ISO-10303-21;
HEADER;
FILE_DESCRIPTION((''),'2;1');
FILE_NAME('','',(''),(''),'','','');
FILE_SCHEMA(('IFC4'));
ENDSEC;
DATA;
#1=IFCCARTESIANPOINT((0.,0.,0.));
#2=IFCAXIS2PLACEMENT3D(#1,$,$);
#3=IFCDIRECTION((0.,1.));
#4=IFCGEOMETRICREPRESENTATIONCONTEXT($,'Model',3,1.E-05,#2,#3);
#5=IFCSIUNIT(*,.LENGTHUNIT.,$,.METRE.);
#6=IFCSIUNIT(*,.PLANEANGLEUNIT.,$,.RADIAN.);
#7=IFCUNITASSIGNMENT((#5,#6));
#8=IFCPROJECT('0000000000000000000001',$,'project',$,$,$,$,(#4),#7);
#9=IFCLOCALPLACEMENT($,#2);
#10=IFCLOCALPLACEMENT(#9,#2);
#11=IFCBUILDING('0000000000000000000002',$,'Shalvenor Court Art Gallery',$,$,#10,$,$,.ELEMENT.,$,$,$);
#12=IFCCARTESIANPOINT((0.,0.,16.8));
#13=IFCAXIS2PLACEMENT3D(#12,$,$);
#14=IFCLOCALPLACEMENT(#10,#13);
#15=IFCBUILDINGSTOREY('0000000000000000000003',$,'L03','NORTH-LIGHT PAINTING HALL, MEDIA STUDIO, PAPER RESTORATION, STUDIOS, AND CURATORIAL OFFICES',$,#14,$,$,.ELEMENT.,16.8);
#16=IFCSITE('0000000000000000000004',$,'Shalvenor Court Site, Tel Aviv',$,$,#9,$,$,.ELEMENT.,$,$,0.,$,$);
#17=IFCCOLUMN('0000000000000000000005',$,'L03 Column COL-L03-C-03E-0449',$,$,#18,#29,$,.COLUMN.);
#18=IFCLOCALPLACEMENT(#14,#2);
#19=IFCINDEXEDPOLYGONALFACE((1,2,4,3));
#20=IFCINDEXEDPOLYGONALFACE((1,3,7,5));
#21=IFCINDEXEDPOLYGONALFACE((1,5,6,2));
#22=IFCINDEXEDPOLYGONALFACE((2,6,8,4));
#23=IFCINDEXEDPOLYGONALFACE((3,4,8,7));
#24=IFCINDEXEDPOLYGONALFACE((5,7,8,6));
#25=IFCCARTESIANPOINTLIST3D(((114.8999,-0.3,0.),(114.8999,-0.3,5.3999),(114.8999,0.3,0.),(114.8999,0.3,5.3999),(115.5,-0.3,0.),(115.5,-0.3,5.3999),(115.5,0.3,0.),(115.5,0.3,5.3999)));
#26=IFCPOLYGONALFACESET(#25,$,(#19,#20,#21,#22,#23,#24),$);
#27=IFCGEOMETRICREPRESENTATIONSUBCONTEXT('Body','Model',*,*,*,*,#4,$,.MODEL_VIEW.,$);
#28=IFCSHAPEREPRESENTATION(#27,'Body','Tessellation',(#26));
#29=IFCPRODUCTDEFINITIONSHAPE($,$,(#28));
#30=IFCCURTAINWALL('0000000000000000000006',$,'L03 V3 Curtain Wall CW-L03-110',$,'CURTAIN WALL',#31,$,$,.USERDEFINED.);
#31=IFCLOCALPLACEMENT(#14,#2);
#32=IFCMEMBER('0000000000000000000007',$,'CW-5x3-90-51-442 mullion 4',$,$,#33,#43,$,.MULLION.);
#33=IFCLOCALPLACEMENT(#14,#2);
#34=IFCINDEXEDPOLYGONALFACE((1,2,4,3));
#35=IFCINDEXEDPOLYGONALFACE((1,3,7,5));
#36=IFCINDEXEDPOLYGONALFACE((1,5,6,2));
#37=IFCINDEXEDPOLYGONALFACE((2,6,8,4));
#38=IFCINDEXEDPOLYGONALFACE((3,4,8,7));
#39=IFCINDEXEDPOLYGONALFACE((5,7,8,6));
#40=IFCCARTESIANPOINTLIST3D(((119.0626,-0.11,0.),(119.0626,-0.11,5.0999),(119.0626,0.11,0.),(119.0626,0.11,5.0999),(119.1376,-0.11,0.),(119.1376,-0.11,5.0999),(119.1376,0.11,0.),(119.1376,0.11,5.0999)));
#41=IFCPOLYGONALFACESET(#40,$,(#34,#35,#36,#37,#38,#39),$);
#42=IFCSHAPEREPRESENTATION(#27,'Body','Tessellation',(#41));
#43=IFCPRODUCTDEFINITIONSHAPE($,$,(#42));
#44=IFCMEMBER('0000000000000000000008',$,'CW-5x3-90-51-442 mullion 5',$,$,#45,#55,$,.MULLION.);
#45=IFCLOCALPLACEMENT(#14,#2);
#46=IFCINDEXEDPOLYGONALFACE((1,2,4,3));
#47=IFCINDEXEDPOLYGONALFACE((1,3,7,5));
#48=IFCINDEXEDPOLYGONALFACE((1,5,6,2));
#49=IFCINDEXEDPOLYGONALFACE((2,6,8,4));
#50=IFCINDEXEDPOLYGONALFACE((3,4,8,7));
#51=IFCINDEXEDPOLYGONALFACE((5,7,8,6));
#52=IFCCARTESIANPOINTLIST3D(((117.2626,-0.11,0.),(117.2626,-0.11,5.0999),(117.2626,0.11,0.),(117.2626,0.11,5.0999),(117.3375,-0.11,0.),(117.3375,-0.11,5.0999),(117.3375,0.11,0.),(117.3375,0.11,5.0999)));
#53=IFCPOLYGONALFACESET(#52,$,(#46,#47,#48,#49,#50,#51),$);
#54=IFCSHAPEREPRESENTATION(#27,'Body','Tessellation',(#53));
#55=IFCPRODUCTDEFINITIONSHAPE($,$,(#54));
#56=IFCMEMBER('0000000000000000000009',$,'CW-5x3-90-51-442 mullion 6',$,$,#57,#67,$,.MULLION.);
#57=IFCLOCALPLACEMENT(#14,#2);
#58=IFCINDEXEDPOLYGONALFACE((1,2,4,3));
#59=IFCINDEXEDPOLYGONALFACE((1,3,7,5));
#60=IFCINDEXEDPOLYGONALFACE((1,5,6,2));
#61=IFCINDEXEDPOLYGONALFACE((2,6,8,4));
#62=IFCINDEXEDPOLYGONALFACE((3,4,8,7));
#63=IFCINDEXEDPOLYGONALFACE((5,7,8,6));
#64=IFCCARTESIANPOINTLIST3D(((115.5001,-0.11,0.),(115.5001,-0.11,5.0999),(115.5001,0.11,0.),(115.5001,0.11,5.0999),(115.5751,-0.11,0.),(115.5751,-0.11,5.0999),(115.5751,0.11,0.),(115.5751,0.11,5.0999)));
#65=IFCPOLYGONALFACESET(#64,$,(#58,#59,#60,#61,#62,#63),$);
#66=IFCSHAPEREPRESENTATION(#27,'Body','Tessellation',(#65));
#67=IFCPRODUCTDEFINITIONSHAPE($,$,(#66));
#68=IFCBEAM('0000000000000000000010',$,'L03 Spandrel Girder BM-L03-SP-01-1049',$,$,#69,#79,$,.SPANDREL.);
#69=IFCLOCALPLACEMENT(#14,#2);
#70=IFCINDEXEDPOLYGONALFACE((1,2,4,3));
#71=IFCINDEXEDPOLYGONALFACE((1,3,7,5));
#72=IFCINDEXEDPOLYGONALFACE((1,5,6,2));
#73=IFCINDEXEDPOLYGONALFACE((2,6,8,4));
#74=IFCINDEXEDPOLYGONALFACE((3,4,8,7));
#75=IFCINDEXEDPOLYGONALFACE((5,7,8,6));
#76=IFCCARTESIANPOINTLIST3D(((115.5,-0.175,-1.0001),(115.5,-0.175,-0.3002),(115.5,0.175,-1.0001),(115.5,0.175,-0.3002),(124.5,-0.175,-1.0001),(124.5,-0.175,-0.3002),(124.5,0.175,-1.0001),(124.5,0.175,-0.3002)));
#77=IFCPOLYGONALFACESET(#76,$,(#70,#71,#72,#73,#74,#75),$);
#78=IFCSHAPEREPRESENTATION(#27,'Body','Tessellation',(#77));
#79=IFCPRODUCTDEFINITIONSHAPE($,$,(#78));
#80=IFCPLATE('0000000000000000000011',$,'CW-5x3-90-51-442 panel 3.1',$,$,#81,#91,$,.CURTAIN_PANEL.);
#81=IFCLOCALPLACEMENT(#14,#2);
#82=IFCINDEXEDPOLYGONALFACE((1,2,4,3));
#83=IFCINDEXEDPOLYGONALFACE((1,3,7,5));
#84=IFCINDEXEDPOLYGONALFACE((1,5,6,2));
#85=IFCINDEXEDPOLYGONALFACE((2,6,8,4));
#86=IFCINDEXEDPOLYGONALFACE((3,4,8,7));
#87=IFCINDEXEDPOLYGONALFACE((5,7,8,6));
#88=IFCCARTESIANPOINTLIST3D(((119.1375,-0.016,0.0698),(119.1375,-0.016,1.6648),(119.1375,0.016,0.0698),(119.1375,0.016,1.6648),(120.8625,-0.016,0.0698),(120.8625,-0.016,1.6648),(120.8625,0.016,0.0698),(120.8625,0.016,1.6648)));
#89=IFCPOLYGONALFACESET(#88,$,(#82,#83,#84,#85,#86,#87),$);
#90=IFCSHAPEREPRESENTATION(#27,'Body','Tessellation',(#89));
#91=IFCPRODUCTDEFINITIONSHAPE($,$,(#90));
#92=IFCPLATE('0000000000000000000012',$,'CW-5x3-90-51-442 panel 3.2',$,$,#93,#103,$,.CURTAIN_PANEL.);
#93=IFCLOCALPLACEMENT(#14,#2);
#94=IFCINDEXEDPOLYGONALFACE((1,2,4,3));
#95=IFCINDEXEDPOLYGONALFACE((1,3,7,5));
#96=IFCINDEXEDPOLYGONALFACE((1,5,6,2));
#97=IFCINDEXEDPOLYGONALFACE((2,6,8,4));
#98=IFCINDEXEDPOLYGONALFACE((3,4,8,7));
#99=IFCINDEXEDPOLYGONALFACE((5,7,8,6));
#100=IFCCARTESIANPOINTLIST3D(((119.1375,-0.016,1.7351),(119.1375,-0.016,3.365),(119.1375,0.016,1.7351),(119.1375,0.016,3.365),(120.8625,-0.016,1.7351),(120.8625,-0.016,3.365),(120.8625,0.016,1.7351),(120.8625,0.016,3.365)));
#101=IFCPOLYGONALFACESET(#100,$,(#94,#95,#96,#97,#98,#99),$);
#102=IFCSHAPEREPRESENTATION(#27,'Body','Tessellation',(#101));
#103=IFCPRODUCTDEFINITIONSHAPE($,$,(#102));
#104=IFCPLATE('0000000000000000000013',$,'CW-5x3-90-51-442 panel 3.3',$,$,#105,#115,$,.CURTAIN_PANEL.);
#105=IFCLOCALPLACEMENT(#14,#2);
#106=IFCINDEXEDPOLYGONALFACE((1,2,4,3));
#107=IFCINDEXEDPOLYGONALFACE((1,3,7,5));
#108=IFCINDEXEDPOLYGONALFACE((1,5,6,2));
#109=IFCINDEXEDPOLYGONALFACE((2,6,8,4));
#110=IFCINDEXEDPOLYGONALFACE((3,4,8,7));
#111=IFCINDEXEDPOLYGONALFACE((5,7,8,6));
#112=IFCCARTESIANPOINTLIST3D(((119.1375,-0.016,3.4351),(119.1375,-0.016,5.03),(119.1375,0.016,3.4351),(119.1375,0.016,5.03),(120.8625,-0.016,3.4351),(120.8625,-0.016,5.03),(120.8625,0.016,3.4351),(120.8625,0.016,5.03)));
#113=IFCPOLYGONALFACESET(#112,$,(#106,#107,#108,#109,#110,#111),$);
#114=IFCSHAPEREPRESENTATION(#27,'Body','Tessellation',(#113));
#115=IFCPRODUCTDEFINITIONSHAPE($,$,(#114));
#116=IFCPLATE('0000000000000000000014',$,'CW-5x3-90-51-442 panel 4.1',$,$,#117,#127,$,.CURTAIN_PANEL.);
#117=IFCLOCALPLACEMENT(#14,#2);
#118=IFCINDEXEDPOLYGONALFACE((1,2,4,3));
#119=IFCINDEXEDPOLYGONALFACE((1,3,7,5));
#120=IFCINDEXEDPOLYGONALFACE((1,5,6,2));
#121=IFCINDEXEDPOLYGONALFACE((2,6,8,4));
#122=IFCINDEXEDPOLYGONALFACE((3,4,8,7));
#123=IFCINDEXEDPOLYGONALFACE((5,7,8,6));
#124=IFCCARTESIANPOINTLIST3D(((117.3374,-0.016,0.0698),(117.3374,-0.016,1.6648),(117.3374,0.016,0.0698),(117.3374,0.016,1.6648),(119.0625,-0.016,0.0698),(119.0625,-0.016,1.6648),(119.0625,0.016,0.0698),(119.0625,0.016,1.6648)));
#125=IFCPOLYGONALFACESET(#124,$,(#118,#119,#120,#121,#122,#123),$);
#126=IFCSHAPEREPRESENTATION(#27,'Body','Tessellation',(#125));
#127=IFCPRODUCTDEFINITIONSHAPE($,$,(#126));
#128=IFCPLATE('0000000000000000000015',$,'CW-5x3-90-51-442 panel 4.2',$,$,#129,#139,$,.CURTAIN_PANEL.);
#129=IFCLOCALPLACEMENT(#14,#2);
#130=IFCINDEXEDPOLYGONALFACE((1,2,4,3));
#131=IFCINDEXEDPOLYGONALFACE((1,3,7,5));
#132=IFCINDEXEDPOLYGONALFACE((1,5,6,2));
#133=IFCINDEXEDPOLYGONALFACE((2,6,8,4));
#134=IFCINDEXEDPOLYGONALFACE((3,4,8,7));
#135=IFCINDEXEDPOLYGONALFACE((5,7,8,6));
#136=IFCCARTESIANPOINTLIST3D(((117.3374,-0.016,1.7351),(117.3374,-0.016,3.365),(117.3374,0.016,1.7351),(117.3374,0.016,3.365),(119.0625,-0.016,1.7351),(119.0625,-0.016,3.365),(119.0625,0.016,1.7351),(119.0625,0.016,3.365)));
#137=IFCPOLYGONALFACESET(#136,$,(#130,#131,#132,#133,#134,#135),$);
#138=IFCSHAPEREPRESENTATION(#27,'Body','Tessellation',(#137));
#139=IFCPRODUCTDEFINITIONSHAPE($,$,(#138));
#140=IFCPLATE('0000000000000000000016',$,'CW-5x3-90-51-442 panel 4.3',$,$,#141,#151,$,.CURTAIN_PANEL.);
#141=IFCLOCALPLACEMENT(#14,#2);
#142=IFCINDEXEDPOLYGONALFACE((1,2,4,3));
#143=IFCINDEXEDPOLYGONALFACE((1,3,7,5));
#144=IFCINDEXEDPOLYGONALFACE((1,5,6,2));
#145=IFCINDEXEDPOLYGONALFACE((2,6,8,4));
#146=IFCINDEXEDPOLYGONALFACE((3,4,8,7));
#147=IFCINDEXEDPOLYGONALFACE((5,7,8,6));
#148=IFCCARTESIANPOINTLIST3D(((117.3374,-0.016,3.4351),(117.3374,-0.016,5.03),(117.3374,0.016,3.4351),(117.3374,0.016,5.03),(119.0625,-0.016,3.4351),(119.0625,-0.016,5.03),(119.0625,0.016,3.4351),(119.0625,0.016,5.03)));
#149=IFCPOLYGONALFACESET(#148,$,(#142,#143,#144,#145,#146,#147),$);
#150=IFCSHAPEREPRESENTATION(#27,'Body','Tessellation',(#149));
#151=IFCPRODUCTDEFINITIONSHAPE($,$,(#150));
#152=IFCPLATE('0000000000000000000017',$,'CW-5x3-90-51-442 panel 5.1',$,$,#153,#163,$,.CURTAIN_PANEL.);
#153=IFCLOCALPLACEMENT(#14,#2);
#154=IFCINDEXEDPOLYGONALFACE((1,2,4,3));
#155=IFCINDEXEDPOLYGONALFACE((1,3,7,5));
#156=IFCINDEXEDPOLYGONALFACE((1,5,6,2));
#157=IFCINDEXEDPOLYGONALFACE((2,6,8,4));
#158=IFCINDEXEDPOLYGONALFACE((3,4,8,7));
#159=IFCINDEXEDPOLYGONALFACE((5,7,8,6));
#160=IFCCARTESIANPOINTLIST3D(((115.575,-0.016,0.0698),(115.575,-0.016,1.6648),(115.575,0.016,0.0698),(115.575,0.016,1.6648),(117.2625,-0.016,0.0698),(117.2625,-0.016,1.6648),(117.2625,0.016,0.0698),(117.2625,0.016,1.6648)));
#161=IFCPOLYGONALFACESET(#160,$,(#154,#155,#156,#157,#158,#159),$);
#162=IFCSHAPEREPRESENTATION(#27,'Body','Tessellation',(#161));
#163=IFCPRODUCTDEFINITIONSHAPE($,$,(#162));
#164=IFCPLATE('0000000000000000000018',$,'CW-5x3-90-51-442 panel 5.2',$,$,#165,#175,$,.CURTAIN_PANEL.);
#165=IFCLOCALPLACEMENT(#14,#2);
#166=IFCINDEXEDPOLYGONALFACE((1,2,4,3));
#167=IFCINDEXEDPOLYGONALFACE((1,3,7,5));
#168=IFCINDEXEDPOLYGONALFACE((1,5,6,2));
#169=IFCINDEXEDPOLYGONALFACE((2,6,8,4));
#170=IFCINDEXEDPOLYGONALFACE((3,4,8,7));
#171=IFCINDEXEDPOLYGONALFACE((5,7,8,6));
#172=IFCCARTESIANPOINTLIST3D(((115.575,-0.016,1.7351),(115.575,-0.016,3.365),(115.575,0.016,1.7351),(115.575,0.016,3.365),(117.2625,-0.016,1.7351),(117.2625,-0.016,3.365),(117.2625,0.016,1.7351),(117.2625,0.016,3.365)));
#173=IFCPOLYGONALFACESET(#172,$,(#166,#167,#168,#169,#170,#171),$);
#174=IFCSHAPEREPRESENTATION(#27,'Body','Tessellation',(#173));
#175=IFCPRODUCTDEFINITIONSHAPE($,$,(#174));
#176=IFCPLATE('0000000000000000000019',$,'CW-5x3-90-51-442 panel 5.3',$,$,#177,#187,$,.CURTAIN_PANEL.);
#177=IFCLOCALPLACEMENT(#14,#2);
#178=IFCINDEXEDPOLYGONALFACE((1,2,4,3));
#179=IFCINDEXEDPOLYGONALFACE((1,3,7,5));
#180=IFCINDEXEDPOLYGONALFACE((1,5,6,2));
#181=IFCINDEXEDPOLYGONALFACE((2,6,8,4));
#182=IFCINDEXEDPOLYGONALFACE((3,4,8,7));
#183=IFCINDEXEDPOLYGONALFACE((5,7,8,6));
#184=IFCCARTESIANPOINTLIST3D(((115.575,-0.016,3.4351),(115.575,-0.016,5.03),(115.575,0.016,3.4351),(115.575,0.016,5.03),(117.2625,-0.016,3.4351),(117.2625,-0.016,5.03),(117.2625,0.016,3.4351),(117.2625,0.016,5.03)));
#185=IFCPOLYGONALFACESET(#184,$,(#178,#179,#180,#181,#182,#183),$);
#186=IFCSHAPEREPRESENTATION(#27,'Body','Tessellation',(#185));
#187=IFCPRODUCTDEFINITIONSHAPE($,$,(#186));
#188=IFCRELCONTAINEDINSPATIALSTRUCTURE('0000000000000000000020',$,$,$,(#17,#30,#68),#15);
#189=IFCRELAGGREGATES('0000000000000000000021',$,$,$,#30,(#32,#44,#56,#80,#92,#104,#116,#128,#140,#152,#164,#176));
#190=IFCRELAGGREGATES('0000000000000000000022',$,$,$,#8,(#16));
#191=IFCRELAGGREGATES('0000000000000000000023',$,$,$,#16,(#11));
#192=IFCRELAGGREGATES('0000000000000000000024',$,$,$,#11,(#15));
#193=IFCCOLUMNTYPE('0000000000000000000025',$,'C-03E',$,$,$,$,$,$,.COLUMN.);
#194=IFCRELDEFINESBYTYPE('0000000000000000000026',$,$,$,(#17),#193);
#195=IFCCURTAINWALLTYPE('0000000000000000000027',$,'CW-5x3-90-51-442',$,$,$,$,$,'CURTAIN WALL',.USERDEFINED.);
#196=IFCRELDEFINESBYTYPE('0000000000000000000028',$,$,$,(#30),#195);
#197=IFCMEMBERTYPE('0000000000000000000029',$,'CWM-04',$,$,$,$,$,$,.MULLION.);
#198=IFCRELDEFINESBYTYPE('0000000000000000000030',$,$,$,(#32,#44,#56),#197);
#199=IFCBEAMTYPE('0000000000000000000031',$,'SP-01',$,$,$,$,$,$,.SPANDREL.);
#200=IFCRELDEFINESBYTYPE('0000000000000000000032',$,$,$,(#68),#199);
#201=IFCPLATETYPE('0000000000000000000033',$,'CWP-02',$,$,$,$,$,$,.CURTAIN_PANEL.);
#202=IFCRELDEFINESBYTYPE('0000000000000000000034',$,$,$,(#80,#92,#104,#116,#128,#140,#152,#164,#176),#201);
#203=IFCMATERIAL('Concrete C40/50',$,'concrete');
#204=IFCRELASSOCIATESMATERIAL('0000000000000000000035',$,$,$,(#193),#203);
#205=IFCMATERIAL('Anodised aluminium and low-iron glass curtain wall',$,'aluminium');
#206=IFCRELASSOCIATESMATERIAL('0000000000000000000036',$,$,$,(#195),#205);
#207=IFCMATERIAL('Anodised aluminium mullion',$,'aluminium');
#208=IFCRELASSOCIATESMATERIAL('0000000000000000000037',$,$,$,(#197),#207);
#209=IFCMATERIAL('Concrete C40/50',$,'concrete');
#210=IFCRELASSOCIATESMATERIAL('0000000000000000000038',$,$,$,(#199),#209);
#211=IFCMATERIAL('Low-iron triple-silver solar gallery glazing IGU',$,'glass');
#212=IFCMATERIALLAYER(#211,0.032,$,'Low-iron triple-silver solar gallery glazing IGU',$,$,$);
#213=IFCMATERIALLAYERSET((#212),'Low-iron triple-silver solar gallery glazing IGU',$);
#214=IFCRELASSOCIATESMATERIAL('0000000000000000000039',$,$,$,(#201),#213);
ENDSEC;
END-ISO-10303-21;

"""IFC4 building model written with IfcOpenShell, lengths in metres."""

from ifc_helpers import new_model, si_unit, direction, frame, origin, origin_2d, place, context, subcontext, project, spatial, rectangle, extrude, material, layer, layer_set, material_profile, profile_set, type_object, element, aggregate, save


model = new_model("IFC4")

# Units and contexts
model_context = context("Model", 3, precision=1e-05, world=origin(), true_north=direction((0.0, 1.0)))
body_context = subcontext(model_context, "Body", "Model", "MODEL_VIEW")
ifc_project = project(units=[si_unit("LENGTHUNIT", "METRE"), si_unit("PLANEANGLEUNIT", "RADIAN")], contexts=[model_context])

# Site, building, storey
site_placement = place(None, origin())
site = spatial("IfcSite", under=ifc_project, at=site_placement, Name="Shalvenor Court Site, Tel Aviv", CompositionType="ELEMENT", RefElevation=0.0)
building_placement = place(site_placement, origin())
building = spatial("IfcBuilding", under=site, at=building_placement, Name="Shalvenor Court Art Gallery", CompositionType="ELEMENT")
storey_placement = place(building_placement, frame((0.0, 0.0, 16.8)))
storey = spatial("IfcBuildingStorey", under=building, at=storey_placement, Name="L03", Description="NORTH-LIGHT PAINTING HALL, MEDIA STUDIO, PAPER RESTORATION, STUDIOS, AND CURATORIAL OFFICES", CompositionType="ELEMENT", Elevation=16.8)

# Column
ifc_material_1 = material(Name="Concrete C40/50", Category="concrete")
ifc_material_profile_1 = material_profile(ifc_material_1, rectangle(XDim=0.6001, YDim=0.6001, at=origin_2d()), Name="RC 600x600")
ifc_profile_set_1 = profile_set([ifc_material_profile_1], Name="Concrete C40/50")
column_type = type_object("IfcColumnType", Name="C-03E", PredefinedType="COLUMN", material=ifc_profile_set_1)
column_placement = place(storey_placement, frame((115.2, 0.0, 0.0), z_axis=(0.0, 0.0, 1.0), x_axis=(1.0, 0.0, 0.0)))
element("IfcColumn", 1, at=column_placement, inside=storey, type_object=column_type, Name="L03 Column COL-L03-C-03E-0449", PredefinedType="COLUMN", context=body_context, shape_type="SweptSolid", body=[
    extrude(rectangle(XDim=0.6001, YDim=0.6001, at=origin_2d()), origin(), (0.0, 0.0, 1.0), 5.3999),
])

# Curtain wall, members
ifc_material_2 = material(Name="Anodised aluminium and low-iron glass curtain wall", Category="aluminium")
curtain_wall_type = type_object("IfcCurtainWallType", Name="CW-5x3-90-51-442", ElementType="CURTAIN WALL", PredefinedType="USERDEFINED", material=ifc_material_2)
curtain_wall_placement = place(storey_placement, origin())
curtain_wall = element("IfcCurtainWall", 2, at=curtain_wall_placement, inside=storey, type_object=curtain_wall_type, Name="L03 V3 Curtain Wall CW-L03-110", ObjectType="CURTAIN WALL", PredefinedType="USERDEFINED")
ifc_material_3 = material(Name="Anodised aluminium mullion", Category="aluminium")
ifc_material_profile_2 = material_profile(ifc_material_3, rectangle(XDim=0.075, YDim=0.22, at=origin_2d()), Name="CWM-04")
ifc_profile_set_2 = profile_set([ifc_material_profile_2], Name="Anodised aluminium mullion")
member_type = type_object("IfcMemberType", Name="CWM-04", PredefinedType="MULLION", material=ifc_profile_set_2)
member_1_placement = place(storey_placement, frame((119.1001, 0.0, 0.0), z_axis=(0.0, 0.0, 1.0), x_axis=(-1.0, 0.0, 0.0)))
member_1 = element("IfcMember", 3, at=member_1_placement, type_object=member_type, Name="CW-5x3-90-51-442 mullion 4", PredefinedType="MULLION", context=body_context, shape_type="SweptSolid", body=[
    extrude(rectangle(XDim=0.075, YDim=0.22, at=origin_2d()), origin(), (0.0, 0.0, 1.0), 5.0999),
])
member_2_placement = place(storey_placement, frame((117.3, 0.0, 0.0), z_axis=(0.0, 0.0, 1.0), x_axis=(-1.0, 0.0, 0.0)))
member_2 = element("IfcMember", 4, at=member_2_placement, type_object=member_type, Name="CW-5x3-90-51-442 mullion 5", PredefinedType="MULLION", context=body_context, shape_type="SweptSolid", body=[
    extrude(rectangle(XDim=0.075, YDim=0.22, at=origin_2d()), origin(), (0.0, 0.0, 1.0), 5.0999),
])
member_3_placement = place(storey_placement, frame((115.5376, 0.0, 0.0), z_axis=(0.0, 0.0, 1.0), x_axis=(-1.0, 0.0, 0.0)))
member_3 = element("IfcMember", 5, at=member_3_placement, type_object=member_type, Name="CW-5x3-90-51-442 mullion 6", PredefinedType="MULLION", context=body_context, shape_type="SweptSolid", body=[
    extrude(rectangle(XDim=0.075, YDim=0.22, at=origin_2d()), origin(), (0.0, 0.0, 1.0), 5.0999),
])

# Beam
ifc_material_4 = material(Name="Concrete C40/50", Category="concrete")
ifc_material_profile_3 = material_profile(ifc_material_4, rectangle(XDim=0.3501, YDim=0.7, at=origin_2d()), Name="RC 350x700")
ifc_profile_set_3 = profile_set([ifc_material_profile_3], Name="Concrete C40/50")
beam_type = type_object("IfcBeamType", Name="SP-01", PredefinedType="SPANDREL", material=ifc_profile_set_3)
beam_placement = place(storey_placement, frame((115.5, 0.0, -0.6501), z_axis=(1.0, 0.0, 0.0), x_axis=(0.0, 1.0, 0.0)))
element("IfcBeam", 6, at=beam_placement, inside=storey, type_object=beam_type, Name="L03 Spandrel Girder BM-L03-SP-01-1049", PredefinedType="SPANDREL", context=body_context, shape_type="SweptSolid", body=[
    extrude(rectangle(XDim=0.3501, YDim=0.7, at=origin_2d()), origin(), (0.0, 0.0, 1.0), 9.0),
])

# Plates
ifc_material_5 = material(Name="Low-iron triple-silver solar gallery glazing IGU", Category="glass")
ifc_layer_1 = layer(ifc_material_5, 0.032, Name="Low-iron triple-silver solar gallery glazing IGU")
ifc_layer_set_1 = layer_set([ifc_layer_1], Name="Low-iron triple-silver solar gallery glazing IGU")
plate_type_1 = type_object("IfcPlateType", Name="CWP-02", PredefinedType="CURTAIN_PANEL", material=ifc_layer_set_1)
plate_1_placement = place(storey_placement, frame((120.0, 0.0, 0.0698), z_axis=(0.0, 0.0, 1.0), x_axis=(-1.0, 0.0, 0.0)))
plate_1 = element("IfcPlate", 7, at=plate_1_placement, type_object=plate_type_1, Name="CW-5x3-90-51-442 panel 3.1", PredefinedType="CURTAIN_PANEL", context=body_context, shape_type="SweptSolid", body=[
    extrude(rectangle(XDim=1.7251, YDim=0.032, at=origin_2d()), origin(), (0.0, 0.0, 1.0), 1.595),
])
plate_2_placement = place(storey_placement, frame((120.0, 0.0, 1.7351), z_axis=(0.0, 0.0, 1.0), x_axis=(-1.0, 0.0, 0.0)))
plate_2 = element("IfcPlate", 8, at=plate_2_placement, type_object=plate_type_1, Name="CW-5x3-90-51-442 panel 3.2", PredefinedType="CURTAIN_PANEL", context=body_context, shape_type="SweptSolid", body=[
    extrude(rectangle(XDim=1.7251, YDim=0.032, at=origin_2d()), origin(), (0.0, 0.0, 1.0), 1.6299),
])
plate_3_placement = place(storey_placement, frame((120.0, 0.0, 3.4351), z_axis=(0.0, 0.0, 1.0), x_axis=(-1.0, 0.0, 0.0)))
plate_3 = element("IfcPlate", 9, at=plate_3_placement, type_object=plate_type_1, Name="CW-5x3-90-51-442 panel 3.3", PredefinedType="CURTAIN_PANEL", context=body_context, shape_type="SweptSolid", body=[
    extrude(rectangle(XDim=1.7251, YDim=0.032, at=origin_2d()), origin(), (0.0, 0.0, 1.0), 1.595),
])
plate_4_placement = place(storey_placement, frame((118.2, 0.0, 0.0698), z_axis=(0.0, 0.0, 1.0), x_axis=(-1.0, 0.0, 0.0)))
plate_4 = element("IfcPlate", 10, at=plate_4_placement, type_object=plate_type_1, Name="CW-5x3-90-51-442 panel 4.1", PredefinedType="CURTAIN_PANEL", context=body_context, shape_type="SweptSolid", body=[
    extrude(rectangle(XDim=1.7251, YDim=0.032, at=origin_2d()), origin(), (0.0, 0.0, 1.0), 1.595),
])
plate_5_placement = place(storey_placement, frame((118.2, 0.0, 1.7351), z_axis=(0.0, 0.0, 1.0), x_axis=(-1.0, 0.0, 0.0)))
plate_5 = element("IfcPlate", 11, at=plate_5_placement, type_object=plate_type_1, Name="CW-5x3-90-51-442 panel 4.2", PredefinedType="CURTAIN_PANEL", context=body_context, shape_type="SweptSolid", body=[
    extrude(rectangle(XDim=1.7251, YDim=0.032, at=origin_2d()), origin(), (0.0, 0.0, 1.0), 1.6299),
])
plate_6_placement = place(storey_placement, frame((118.2, 0.0, 3.4351), z_axis=(0.0, 0.0, 1.0), x_axis=(-1.0, 0.0, 0.0)))
plate_6 = element("IfcPlate", 12, at=plate_6_placement, type_object=plate_type_1, Name="CW-5x3-90-51-442 panel 4.3", PredefinedType="CURTAIN_PANEL", context=body_context, shape_type="SweptSolid", body=[
    extrude(rectangle(XDim=1.7251, YDim=0.032, at=origin_2d()), origin(), (0.0, 0.0, 1.0), 1.595),
])
plate_7_placement = place(storey_placement, frame((116.4187, 0.0, 0.0698), z_axis=(0.0, 0.0, 1.0), x_axis=(-1.0, 0.0, 0.0)))
plate_7 = element("IfcPlate", 13, at=plate_7_placement, type_object=plate_type_1, Name="CW-5x3-90-51-442 panel 5.1", PredefinedType="CURTAIN_PANEL", context=body_context, shape_type="SweptSolid", body=[
    extrude(rectangle(XDim=1.6875, YDim=0.032, at=origin_2d()), origin(), (0.0, 0.0, 1.0), 1.595),
])
plate_8_placement = place(storey_placement, frame((116.4187, 0.0, 1.7351), z_axis=(0.0, 0.0, 1.0), x_axis=(-1.0, 0.0, 0.0)))
plate_8 = element("IfcPlate", 14, at=plate_8_placement, type_object=plate_type_1, Name="CW-5x3-90-51-442 panel 5.2", PredefinedType="CURTAIN_PANEL", context=body_context, shape_type="SweptSolid", body=[
    extrude(rectangle(XDim=1.6875, YDim=0.032, at=origin_2d()), origin(), (0.0, 0.0, 1.0), 1.6299),
])
plate_9_placement = place(storey_placement, frame((116.4187, 0.0, 3.4351), z_axis=(0.0, 0.0, 1.0), x_axis=(-1.0, 0.0, 0.0)))
plate_9 = element("IfcPlate", 15, at=plate_9_placement, type_object=plate_type_1, Name="CW-5x3-90-51-442 panel 5.3", PredefinedType="CURTAIN_PANEL", context=body_context, shape_type="SweptSolid", body=[
    extrude(rectangle(XDim=1.6875, YDim=0.032, at=origin_2d()), origin(), (0.0, 0.0, 1.0), 1.595),
])
aggregate(curtain_wall, [member_1, member_2, member_3, plate_1, plate_2, plate_3, plate_4, plate_5, plate_6, plate_7, plate_8, plate_9])

save(model, "model.ifc")
